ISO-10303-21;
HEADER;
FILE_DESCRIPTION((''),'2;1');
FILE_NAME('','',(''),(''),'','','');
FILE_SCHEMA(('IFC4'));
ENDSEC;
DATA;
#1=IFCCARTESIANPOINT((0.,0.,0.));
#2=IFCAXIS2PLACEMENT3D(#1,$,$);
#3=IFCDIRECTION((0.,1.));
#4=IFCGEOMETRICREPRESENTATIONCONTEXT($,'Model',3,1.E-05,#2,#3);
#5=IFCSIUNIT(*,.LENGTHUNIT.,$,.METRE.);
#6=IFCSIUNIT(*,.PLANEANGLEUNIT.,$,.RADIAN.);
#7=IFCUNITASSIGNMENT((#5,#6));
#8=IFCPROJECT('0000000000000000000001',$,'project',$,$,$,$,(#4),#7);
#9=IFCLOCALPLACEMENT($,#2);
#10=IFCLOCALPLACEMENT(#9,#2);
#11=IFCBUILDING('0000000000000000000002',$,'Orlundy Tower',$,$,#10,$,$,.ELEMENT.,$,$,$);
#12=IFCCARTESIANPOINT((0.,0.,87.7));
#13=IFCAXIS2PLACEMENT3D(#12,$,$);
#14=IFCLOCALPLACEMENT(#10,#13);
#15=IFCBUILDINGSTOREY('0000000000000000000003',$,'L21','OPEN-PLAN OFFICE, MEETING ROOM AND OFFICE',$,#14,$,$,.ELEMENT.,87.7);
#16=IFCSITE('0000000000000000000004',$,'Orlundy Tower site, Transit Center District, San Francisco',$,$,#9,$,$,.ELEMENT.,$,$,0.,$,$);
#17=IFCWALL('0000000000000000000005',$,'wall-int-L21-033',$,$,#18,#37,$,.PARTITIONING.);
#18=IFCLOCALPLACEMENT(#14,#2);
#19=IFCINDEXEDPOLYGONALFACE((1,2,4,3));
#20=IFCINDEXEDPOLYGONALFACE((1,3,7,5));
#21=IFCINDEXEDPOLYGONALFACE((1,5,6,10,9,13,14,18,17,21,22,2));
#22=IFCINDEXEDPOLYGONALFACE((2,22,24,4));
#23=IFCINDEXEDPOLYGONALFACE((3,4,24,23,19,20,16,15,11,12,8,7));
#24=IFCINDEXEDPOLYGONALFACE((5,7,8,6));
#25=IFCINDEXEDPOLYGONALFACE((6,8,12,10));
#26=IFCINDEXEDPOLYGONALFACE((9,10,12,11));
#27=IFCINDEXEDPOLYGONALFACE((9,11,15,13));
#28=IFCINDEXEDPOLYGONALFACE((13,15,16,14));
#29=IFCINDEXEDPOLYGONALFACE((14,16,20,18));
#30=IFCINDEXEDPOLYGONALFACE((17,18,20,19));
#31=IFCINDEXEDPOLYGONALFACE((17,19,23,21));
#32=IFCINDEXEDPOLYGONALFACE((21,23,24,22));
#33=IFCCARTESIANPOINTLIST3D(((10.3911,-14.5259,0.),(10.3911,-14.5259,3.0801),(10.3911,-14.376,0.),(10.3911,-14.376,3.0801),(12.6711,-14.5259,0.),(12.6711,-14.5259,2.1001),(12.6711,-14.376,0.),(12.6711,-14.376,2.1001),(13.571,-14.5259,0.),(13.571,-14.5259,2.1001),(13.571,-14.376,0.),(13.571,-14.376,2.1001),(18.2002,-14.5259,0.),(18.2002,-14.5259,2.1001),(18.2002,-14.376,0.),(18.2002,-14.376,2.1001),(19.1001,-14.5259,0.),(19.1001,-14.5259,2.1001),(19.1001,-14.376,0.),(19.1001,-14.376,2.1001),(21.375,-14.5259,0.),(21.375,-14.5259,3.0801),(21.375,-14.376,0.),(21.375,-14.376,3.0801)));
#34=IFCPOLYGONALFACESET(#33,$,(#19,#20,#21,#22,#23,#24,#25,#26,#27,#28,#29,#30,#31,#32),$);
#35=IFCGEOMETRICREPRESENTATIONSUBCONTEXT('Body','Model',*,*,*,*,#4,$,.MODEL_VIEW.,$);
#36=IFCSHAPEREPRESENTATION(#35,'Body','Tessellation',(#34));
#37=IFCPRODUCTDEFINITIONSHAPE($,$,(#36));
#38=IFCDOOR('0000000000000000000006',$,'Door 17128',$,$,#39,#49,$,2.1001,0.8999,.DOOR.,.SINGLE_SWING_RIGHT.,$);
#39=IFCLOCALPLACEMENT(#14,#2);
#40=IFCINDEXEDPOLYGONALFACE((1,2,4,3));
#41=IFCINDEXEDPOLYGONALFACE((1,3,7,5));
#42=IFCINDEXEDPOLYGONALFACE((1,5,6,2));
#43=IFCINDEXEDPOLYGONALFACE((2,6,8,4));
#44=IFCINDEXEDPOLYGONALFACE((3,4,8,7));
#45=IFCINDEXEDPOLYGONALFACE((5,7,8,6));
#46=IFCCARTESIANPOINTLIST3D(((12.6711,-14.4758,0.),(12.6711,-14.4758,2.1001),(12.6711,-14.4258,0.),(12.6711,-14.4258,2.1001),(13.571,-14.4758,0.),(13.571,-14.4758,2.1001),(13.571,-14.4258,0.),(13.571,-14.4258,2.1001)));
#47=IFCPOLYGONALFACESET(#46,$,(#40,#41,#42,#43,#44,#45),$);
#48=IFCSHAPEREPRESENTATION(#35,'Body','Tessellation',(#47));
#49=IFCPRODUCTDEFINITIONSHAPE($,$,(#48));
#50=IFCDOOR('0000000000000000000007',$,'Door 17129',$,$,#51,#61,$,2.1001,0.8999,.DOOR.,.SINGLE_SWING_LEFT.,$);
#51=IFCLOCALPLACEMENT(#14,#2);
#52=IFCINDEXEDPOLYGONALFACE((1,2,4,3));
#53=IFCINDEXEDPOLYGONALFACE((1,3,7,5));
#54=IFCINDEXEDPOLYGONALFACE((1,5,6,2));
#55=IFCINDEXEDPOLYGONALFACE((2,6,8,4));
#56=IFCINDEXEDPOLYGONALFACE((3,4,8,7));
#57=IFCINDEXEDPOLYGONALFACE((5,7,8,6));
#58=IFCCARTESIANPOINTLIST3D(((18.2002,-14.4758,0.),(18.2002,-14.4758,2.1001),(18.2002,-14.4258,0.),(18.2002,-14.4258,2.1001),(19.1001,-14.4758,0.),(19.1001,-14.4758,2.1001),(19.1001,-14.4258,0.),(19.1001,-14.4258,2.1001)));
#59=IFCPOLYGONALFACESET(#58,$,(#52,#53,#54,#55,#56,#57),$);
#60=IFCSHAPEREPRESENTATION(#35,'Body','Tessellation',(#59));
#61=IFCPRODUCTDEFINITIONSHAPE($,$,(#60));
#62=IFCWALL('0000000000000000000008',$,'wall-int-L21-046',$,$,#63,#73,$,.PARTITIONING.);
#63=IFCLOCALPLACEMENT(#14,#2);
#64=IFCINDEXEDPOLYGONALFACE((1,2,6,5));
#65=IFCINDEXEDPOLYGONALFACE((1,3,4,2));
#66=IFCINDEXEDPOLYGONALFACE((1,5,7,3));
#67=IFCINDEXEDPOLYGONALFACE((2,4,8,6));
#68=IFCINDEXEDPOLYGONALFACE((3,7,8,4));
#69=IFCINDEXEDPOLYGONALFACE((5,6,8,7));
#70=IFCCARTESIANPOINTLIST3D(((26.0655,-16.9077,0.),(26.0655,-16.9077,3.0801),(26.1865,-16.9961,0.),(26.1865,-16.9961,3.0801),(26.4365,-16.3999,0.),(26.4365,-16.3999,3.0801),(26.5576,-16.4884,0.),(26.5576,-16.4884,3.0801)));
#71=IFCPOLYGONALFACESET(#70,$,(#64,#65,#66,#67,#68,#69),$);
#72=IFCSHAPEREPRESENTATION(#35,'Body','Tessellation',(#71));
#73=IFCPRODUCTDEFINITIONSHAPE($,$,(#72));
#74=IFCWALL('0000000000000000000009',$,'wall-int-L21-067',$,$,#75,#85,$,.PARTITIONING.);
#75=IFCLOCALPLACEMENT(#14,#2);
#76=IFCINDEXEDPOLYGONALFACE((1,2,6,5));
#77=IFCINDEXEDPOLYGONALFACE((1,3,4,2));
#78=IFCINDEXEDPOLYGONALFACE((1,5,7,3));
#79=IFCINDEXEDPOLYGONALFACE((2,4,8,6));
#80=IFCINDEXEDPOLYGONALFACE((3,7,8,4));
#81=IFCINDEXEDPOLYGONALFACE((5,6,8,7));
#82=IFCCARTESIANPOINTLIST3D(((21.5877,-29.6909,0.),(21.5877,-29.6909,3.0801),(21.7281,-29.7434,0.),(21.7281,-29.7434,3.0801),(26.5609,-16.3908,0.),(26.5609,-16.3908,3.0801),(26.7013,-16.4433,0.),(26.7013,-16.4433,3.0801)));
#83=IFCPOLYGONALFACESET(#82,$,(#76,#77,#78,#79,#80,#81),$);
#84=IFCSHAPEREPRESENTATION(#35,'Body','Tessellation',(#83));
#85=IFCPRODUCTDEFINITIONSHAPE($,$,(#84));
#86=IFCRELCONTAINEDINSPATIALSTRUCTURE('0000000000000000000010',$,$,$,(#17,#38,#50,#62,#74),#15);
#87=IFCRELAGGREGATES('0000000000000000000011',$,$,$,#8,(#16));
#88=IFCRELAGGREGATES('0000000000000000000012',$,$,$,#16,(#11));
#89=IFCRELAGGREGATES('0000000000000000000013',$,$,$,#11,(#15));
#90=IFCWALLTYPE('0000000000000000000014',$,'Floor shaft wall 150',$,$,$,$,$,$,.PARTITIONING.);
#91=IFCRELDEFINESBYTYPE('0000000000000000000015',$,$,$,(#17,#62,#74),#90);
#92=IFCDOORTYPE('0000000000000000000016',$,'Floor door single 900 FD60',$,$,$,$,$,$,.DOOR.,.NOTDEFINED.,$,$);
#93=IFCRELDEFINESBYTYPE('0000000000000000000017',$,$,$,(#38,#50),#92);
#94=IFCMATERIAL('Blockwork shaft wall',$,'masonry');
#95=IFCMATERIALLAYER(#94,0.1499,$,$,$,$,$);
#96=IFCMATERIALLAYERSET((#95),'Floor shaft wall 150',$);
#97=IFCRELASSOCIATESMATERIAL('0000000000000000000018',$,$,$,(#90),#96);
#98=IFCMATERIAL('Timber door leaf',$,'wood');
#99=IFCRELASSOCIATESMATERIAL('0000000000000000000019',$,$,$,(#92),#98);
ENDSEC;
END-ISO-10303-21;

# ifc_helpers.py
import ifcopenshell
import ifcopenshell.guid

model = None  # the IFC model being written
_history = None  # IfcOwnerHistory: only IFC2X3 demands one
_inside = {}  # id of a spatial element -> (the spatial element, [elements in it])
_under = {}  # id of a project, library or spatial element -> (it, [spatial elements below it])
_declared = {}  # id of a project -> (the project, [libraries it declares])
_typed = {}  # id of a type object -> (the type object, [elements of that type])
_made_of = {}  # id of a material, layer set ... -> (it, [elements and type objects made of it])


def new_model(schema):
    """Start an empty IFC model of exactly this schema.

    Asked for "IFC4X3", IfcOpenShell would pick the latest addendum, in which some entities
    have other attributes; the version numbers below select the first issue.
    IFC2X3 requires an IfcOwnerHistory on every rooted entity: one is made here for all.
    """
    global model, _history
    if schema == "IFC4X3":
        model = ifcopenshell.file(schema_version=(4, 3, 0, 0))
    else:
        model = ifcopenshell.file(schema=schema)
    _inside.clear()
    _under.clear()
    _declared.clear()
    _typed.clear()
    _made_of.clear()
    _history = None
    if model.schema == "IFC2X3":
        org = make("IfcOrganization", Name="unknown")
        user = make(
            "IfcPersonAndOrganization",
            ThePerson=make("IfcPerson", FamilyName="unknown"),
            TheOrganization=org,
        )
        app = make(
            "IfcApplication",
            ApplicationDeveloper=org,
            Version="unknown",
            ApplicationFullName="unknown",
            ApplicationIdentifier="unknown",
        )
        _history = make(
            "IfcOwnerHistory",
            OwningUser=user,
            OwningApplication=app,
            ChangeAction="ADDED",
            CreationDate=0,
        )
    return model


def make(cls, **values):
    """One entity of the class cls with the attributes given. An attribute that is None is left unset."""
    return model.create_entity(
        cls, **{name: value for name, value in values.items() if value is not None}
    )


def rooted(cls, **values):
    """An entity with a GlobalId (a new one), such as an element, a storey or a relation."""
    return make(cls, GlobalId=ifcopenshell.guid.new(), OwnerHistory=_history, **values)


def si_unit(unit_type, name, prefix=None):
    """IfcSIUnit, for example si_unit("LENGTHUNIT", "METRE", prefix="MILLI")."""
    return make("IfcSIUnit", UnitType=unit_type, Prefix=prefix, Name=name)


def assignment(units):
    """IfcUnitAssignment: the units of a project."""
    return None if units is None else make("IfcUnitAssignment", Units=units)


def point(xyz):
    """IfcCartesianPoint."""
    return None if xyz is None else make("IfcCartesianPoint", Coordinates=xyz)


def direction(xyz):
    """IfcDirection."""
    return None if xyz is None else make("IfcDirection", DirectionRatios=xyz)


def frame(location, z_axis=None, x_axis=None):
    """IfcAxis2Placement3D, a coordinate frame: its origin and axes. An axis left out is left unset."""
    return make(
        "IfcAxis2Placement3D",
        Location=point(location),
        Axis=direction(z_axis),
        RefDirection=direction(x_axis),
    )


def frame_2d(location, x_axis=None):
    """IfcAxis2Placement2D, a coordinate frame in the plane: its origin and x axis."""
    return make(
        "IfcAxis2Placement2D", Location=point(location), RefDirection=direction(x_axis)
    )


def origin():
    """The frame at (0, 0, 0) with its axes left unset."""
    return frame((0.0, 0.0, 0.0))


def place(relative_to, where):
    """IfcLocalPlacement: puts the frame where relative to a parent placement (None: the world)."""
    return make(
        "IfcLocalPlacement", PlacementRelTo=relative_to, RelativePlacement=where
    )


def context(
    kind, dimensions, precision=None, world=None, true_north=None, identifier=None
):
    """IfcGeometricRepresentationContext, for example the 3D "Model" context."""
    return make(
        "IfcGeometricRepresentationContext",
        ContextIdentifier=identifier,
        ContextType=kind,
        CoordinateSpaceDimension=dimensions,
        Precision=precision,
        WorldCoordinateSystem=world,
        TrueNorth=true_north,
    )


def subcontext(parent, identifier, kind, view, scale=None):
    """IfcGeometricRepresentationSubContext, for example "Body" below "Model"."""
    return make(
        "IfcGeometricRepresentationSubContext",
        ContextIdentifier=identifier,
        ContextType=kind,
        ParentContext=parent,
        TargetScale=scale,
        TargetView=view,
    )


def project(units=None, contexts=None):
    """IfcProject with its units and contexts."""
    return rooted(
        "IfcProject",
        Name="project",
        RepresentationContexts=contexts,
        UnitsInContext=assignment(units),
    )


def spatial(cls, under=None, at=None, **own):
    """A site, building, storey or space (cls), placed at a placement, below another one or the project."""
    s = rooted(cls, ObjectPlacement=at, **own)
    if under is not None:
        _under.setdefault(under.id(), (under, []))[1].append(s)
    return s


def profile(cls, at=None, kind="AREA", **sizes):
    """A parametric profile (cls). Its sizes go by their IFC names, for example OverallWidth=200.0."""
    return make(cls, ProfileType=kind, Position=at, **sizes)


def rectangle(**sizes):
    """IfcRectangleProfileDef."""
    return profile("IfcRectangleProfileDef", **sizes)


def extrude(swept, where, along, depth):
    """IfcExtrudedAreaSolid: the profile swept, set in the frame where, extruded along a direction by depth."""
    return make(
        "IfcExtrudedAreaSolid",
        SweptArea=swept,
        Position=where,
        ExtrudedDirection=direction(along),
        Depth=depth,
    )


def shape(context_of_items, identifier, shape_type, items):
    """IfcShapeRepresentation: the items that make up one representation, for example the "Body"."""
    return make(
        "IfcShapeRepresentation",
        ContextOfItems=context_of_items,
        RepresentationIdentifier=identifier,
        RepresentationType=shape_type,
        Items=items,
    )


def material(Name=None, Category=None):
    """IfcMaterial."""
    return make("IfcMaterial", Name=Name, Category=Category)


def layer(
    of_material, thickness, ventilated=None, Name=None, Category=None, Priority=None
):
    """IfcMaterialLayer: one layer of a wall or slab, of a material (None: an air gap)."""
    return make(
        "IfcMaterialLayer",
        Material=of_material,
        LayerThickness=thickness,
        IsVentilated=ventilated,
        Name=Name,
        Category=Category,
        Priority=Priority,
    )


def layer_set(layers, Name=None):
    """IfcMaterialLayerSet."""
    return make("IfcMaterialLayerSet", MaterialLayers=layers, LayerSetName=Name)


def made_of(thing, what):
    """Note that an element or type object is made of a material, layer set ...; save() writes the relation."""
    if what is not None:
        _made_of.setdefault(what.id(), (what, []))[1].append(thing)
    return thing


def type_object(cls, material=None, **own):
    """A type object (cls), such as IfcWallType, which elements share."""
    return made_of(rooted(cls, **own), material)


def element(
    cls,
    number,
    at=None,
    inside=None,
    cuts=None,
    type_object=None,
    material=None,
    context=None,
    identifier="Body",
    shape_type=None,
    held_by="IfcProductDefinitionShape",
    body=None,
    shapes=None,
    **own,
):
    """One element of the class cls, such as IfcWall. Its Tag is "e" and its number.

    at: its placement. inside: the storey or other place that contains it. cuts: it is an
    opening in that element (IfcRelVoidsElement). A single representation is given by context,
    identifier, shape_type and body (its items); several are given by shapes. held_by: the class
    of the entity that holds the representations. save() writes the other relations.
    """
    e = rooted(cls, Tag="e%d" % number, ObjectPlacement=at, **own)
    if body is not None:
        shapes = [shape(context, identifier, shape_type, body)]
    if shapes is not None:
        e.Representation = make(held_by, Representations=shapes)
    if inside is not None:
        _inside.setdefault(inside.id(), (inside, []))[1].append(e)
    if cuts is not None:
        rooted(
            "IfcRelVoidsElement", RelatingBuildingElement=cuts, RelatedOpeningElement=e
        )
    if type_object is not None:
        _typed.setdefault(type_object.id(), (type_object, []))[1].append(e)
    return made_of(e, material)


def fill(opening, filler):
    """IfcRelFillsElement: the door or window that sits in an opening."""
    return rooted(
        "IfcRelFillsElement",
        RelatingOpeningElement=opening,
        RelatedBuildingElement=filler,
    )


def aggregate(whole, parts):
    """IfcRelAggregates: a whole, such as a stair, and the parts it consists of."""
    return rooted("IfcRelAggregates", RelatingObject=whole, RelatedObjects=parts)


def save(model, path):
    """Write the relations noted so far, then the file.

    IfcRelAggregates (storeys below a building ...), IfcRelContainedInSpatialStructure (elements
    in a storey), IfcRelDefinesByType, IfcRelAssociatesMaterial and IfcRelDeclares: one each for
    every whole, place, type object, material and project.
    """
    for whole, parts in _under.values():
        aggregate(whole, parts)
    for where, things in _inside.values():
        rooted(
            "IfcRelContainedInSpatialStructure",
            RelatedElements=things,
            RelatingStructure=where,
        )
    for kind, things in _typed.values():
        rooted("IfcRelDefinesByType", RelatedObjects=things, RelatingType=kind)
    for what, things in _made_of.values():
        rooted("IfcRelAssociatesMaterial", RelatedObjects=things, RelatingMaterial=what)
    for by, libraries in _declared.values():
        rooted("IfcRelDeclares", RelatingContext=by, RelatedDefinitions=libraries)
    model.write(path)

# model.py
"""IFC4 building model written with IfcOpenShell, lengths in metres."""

from ifc_helpers import new_model, si_unit, direction, frame, frame_2d, origin, place, context, subcontext, project, spatial, rectangle, extrude, material, layer, layer_set, type_object, element, fill, save


model = new_model("IFC4")

# Units and contexts
model_context = context("Model", 3, precision=1e-05, world=origin(), true_north=direction((0.0, 1.0)))
body_context = subcontext(model_context, "Body", "Model", "MODEL_VIEW")
ifc_project = project(units=[si_unit("LENGTHUNIT", "METRE"), si_unit("PLANEANGLEUNIT", "RADIAN")], contexts=[model_context])

# Site, building, storey
site_placement = place(None, origin())
site = spatial("IfcSite", under=ifc_project, at=site_placement, Name="Orlundy Tower site, Transit Center District, San Francisco", CompositionType="ELEMENT", RefElevation=0.0)
building_placement = place(site_placement, origin())
building = spatial("IfcBuilding", under=site, at=building_placement, Name="Orlundy Tower", CompositionType="ELEMENT")
storey_placement = place(building_placement, frame((0.0, 0.0, 87.7)))
storey = spatial("IfcBuildingStorey", under=building, at=storey_placement, Name="L21", Description="OPEN-PLAN OFFICE, MEETING ROOM AND OFFICE", CompositionType="ELEMENT", Elevation=87.7)

# Shared definitions
ifc_material_1 = material(Name="Blockwork shaft wall", Category="masonry")
ifc_layer_1 = layer(ifc_material_1, 0.1499)
ifc_layer_set_1 = layer_set([ifc_layer_1], Name="Floor shaft wall 150")
wall_type_1 = type_object("IfcWallType", Name="Floor shaft wall 150", PredefinedType="PARTITIONING", material=ifc_layer_set_1)

# Wall, openings, doors
wall_1_placement = place(storey_placement, frame((21.375, -14.4509, 0.0), z_axis=(0.0, 0.0, 1.0), x_axis=(-1.0, 0.0, 0.0)))
wall_1 = element("IfcWall", 1, at=wall_1_placement, inside=storey, type_object=wall_type_1, Name="wall-int-L21-033", PredefinedType="PARTITIONING", context=body_context, shape_type="SweptSolid", body=[
    extrude(rectangle(XDim=10.9839, YDim=0.1499, at=frame_2d((5.4919, 0.0))), origin(), (0.0, 0.0, 1.0), 3.0801),
])
opening_1_placement = place(wall_1_placement, frame((7.804, 0.0, 0.0)))
opening_1 = element("IfcOpeningElement", 2, at=opening_1_placement, cuts=wall_1, PredefinedType="OPENING", context=body_context, shape_type="SweptSolid", body=[
    extrude(rectangle(XDim=0.8999, YDim=2.1001, at=frame_2d((0.45, 1.05))), frame((0.0, 0.085, 0.0), z_axis=(0.0, -1.0, 0.0), x_axis=(1.0, 0.0, 0.0)), (0.0, 0.0, 1.0), 0.1699),
])
opening_2_placement = place(wall_1_placement, frame((2.2749, 0.0, 0.0)))
opening_2 = element("IfcOpeningElement", 3, at=opening_2_placement, cuts=wall_1, PredefinedType="OPENING", context=body_context, shape_type="SweptSolid", body=[
    extrude(rectangle(XDim=0.8999, YDim=2.1001, at=frame_2d((0.45, 1.05))), frame((0.0, 0.085, 0.0), z_axis=(0.0, -1.0, 0.0), x_axis=(1.0, 0.0, 0.0)), (0.0, 0.0, 1.0), 0.1699),
])
ifc_material_2 = material(Name="Timber door leaf", Category="wood")
door_type_1 = type_object("IfcDoorType", Name="Floor door single 900 FD60", OperationType="NOTDEFINED", PredefinedType="DOOR", material=ifc_material_2)
door_1_placement = place(opening_1_placement, origin())
door_1 = element("IfcDoor", 4, at=door_1_placement, inside=storey, type_object=door_type_1, Name="Door 17128", OperationType="SINGLE_SWING_RIGHT", OverallHeight=2.1001, OverallWidth=0.8999, PredefinedType="DOOR", context=body_context, shape_type="SweptSolid", body=[
    extrude(rectangle(XDim=0.8999, YDim=2.1001, at=frame_2d((0.45, 1.05))), frame((0.0, 0.0249, 0.0), z_axis=(0.0, -1.0, 0.0), x_axis=(1.0, 0.0, 0.0)), (0.0, 0.0, 1.0), 0.05),
])
fill(opening_1, door_1)
door_2_placement = place(opening_2_placement, origin())
door_2 = element("IfcDoor", 5, at=door_2_placement, inside=storey, type_object=door_type_1, Name="Door 17129", OperationType="SINGLE_SWING_LEFT", OverallHeight=2.1001, OverallWidth=0.8999, PredefinedType="DOOR", context=body_context, shape_type="SweptSolid", body=[
    extrude(rectangle(XDim=0.8999, YDim=2.1001, at=frame_2d((0.45, 1.05))), frame((0.0, 0.0249, 0.0), z_axis=(0.0, -1.0, 0.0), x_axis=(1.0, 0.0, 0.0)), (0.0, 0.0, 1.0), 0.05),
])
fill(opening_2, door_2)

# Walls
wall_2_placement = place(storey_placement, frame((26.126, -16.9519, 0.0), z_axis=(0.0, 0.0, 1.0), x_axis=(0.590017, 0.807391, 0.0)))
element("IfcWall", 6, at=wall_2_placement, inside=storey, type_object=wall_type_1, Name="wall-int-L21-046", PredefinedType="PARTITIONING", context=body_context, shape_type="SweptSolid", body=[
    extrude(rectangle(XDim=0.6289, YDim=0.1499, at=frame_2d((0.3145, 0.0))), origin(), (0.0, 0.0, 1.0), 3.0801),
])
wall_3_placement = place(storey_placement, frame((21.658, -29.717, 0.0), z_axis=(0.0, 0.0, 1.0), x_axis=(0.350236, 0.936662, 0.0)))
element("IfcWall", 7, at=wall_3_placement, inside=storey, type_object=wall_type_1, Name="wall-int-L21-067", PredefinedType="PARTITIONING", context=body_context, shape_type="SweptSolid", body=[
    extrude(rectangle(XDim=14.1995, YDim=0.1499, at=frame_2d((7.0996, 0.0))), origin(), (0.0, 0.0, 1.0), 3.0801),
])

save(model, "model.ifc")
